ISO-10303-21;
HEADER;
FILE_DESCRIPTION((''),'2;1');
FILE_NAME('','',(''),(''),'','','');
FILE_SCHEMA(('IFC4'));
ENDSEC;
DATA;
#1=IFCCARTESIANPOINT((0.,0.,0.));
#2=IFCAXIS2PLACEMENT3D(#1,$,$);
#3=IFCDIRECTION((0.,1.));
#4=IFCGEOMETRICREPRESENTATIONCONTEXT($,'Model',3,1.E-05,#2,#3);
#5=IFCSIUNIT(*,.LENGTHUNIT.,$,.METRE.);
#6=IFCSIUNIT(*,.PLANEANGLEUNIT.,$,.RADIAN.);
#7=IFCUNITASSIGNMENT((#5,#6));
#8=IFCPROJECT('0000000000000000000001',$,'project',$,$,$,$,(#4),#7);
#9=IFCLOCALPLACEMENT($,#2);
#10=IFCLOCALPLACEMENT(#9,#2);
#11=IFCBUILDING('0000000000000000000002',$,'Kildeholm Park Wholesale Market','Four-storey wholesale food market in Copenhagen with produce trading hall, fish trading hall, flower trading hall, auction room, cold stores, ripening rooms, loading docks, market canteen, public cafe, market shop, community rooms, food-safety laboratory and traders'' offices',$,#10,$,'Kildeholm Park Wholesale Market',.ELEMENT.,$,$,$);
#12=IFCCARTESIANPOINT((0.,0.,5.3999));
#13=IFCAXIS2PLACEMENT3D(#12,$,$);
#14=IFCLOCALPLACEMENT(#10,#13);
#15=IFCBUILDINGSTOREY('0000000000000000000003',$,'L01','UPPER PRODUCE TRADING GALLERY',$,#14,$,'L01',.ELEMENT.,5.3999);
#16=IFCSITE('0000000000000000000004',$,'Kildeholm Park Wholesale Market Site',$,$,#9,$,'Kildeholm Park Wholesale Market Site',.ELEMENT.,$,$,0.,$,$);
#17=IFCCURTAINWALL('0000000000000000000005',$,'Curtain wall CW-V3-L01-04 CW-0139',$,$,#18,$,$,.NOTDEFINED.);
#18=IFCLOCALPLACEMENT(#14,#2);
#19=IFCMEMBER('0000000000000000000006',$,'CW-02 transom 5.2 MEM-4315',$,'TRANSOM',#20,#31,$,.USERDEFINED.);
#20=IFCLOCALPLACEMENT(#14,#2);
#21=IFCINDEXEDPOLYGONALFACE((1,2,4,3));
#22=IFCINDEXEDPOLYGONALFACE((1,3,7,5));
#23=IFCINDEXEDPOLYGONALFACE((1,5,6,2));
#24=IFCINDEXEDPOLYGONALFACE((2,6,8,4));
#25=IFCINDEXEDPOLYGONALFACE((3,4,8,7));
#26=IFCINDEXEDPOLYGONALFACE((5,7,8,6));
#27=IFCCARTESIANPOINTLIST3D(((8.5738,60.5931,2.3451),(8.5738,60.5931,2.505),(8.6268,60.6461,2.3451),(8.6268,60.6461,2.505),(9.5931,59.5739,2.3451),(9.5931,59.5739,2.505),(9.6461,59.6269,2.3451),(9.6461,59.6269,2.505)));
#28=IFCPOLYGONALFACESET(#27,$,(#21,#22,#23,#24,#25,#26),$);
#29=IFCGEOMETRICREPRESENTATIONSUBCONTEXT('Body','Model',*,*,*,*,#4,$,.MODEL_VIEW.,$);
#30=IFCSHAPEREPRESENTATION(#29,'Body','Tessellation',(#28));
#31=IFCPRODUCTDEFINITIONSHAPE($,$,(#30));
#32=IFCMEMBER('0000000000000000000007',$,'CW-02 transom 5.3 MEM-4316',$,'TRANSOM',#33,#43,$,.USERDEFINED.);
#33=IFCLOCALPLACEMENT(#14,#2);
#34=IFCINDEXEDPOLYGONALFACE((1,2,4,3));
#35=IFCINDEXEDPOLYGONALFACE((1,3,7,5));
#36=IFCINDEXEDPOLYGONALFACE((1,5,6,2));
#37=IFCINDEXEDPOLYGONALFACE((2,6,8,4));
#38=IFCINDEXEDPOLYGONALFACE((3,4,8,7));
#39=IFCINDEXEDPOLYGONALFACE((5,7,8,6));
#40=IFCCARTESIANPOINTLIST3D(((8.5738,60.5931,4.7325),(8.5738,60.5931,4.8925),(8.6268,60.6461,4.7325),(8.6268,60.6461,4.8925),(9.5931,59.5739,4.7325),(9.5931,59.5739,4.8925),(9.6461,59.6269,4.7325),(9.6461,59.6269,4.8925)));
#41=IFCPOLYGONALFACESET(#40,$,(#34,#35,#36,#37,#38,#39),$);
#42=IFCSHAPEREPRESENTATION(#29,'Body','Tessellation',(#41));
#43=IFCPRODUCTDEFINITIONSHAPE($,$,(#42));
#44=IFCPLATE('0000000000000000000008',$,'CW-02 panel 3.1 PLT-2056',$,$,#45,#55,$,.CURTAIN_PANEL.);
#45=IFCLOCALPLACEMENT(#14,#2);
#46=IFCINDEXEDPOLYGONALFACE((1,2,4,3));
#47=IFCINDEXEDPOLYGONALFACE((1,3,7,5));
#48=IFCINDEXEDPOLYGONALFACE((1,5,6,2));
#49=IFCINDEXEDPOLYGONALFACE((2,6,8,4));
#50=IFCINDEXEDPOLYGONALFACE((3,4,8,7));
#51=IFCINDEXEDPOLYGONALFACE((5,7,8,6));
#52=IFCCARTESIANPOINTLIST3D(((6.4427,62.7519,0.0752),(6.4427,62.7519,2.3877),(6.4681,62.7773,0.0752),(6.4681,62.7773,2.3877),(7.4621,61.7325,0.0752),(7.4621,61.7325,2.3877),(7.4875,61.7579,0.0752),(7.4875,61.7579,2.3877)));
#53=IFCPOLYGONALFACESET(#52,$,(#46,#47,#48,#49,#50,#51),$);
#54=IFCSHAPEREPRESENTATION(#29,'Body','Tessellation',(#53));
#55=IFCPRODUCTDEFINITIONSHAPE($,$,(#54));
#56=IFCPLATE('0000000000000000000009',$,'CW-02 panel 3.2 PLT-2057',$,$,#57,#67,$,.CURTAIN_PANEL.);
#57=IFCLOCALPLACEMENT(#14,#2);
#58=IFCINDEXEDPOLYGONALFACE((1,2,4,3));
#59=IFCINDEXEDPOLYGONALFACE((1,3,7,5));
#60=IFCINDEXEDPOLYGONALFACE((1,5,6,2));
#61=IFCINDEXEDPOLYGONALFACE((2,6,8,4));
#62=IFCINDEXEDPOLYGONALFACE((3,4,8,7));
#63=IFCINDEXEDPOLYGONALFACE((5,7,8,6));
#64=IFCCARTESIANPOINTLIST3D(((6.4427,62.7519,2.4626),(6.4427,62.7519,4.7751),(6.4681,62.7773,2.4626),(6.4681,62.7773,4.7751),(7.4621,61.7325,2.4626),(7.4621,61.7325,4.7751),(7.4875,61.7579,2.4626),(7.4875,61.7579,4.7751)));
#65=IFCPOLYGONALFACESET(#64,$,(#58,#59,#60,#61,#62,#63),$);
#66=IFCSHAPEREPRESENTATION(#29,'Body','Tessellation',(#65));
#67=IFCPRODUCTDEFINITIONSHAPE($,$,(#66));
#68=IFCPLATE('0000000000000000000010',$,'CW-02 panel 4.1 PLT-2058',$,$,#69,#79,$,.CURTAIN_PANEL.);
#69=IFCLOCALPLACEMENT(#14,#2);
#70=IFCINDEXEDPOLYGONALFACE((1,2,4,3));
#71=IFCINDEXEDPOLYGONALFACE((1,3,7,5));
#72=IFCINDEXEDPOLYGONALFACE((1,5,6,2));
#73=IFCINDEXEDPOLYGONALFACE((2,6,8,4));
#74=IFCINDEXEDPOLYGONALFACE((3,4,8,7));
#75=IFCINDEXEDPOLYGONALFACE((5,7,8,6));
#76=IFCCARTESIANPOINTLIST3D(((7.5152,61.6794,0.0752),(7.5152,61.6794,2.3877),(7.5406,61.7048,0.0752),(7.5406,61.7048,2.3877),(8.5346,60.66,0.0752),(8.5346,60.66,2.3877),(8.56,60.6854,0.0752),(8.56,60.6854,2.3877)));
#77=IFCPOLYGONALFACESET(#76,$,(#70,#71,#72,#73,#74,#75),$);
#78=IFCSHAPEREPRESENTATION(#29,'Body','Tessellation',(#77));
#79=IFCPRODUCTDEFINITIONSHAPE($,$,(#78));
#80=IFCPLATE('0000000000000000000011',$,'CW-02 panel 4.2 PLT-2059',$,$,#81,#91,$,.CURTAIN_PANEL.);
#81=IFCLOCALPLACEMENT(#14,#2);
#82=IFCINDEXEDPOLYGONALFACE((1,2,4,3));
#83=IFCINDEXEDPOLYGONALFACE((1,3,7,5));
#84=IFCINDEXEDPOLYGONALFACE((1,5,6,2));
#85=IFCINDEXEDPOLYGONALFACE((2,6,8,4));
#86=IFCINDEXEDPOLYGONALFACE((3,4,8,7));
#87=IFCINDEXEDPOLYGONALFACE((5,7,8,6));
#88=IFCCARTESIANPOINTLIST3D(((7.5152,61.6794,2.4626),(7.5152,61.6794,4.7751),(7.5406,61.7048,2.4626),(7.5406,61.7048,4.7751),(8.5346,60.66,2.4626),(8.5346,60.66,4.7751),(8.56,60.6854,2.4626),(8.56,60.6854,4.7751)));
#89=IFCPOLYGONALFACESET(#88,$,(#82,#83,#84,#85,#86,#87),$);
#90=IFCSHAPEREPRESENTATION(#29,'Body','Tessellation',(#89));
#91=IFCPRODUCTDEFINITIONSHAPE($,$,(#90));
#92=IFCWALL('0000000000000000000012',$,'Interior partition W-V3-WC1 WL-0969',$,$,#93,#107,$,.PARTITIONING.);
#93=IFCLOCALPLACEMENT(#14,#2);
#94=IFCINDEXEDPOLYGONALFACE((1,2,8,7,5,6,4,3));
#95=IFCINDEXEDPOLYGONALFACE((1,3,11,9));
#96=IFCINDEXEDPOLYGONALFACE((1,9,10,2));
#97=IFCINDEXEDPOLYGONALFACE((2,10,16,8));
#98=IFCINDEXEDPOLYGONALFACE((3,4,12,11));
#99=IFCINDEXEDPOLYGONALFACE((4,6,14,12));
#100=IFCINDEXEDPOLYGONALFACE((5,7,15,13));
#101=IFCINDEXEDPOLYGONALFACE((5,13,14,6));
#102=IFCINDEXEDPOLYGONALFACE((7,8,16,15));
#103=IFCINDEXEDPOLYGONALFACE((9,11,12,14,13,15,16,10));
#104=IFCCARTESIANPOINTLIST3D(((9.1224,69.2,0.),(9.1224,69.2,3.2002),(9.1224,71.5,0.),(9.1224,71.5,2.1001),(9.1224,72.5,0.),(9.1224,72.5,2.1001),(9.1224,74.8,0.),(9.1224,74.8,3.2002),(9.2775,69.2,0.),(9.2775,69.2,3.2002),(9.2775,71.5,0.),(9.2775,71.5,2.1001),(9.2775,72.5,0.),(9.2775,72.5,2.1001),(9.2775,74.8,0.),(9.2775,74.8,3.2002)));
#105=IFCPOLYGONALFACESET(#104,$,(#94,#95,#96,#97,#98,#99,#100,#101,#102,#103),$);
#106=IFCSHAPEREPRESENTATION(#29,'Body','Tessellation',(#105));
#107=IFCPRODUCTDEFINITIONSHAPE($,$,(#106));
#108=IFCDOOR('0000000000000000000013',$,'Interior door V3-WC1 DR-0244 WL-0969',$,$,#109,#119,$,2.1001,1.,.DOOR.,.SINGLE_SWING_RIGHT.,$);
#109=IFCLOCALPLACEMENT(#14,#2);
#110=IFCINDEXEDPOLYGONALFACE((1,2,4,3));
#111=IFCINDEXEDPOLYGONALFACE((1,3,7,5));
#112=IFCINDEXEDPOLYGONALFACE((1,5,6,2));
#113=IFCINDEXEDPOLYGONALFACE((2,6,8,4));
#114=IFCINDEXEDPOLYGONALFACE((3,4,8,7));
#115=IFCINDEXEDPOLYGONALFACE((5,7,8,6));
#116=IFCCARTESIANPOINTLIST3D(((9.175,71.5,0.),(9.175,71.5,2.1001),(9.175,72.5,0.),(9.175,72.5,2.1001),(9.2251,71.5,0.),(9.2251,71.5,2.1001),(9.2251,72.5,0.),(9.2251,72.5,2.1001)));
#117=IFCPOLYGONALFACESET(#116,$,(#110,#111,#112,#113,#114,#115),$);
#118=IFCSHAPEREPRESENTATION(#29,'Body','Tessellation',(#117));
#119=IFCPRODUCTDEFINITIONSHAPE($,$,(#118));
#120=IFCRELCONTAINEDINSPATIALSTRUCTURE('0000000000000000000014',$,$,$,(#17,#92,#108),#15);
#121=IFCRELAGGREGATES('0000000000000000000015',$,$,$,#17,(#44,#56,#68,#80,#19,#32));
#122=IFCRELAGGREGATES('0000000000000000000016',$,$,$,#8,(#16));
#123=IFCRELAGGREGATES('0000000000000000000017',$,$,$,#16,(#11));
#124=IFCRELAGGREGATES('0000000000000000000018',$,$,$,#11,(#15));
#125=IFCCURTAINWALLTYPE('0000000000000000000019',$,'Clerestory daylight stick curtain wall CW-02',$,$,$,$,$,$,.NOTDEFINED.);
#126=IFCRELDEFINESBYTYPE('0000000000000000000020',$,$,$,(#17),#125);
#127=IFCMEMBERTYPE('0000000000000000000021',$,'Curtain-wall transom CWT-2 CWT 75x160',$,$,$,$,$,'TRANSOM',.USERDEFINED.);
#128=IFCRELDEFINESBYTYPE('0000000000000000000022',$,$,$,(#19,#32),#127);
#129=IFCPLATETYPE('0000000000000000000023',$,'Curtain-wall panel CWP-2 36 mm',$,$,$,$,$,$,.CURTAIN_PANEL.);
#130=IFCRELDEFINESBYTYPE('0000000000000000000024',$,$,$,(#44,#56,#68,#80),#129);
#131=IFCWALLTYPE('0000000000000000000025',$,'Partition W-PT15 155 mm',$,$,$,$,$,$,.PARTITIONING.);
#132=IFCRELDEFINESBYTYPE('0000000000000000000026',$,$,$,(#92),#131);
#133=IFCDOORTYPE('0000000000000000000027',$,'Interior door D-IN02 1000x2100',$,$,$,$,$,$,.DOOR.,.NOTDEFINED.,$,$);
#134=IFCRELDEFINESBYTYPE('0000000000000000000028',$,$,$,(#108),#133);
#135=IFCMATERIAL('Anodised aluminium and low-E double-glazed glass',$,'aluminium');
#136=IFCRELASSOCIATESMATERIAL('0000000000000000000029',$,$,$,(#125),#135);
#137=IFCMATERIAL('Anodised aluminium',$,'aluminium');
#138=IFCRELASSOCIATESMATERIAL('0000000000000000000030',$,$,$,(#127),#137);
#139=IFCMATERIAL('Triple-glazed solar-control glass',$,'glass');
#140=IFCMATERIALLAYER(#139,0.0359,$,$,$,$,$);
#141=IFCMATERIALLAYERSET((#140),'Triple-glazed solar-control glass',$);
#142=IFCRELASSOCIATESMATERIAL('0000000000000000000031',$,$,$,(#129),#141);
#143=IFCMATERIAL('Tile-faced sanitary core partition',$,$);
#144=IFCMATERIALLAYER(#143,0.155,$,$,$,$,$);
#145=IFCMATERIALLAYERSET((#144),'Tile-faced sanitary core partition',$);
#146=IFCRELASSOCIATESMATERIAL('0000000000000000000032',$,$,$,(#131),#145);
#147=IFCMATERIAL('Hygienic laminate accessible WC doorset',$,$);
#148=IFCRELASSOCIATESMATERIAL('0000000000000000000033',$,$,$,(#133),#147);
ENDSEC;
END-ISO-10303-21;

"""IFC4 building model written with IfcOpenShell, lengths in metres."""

from ifc_helpers import new_model, si_unit, direction, frame, frame_2d, origin, origin_2d, place, context, subcontext, project, spatial, rectangle, extrude, material, layer, layer_set, material_profile, profile_set, type_object, element, fill, aggregate, save


model = new_model("IFC4")

# Units and contexts
model_context = context("Model", 3, precision=1e-05, world=origin(), true_north=direction((0.0, 1.0)))
body_context = subcontext(model_context, "Body", "Model", "MODEL_VIEW")
ifc_project = project(units=[si_unit("LENGTHUNIT", "METRE"), si_unit("PLANEANGLEUNIT", "RADIAN")], contexts=[model_context])

# Site, building, storey
site_placement = place(None, origin())
site = spatial("IfcSite", under=ifc_project, at=site_placement, Name="Kildeholm Park Wholesale Market Site", LongName="Kildeholm Park Wholesale Market Site", CompositionType="ELEMENT", RefElevation=0.0)
building_placement = place(site_placement, origin())
building = spatial("IfcBuilding", under=site, at=building_placement, Name="Kildeholm Park Wholesale Market", Description="Four-storey wholesale food market in Copenhagen with produce trading hall, fish trading hall, flower trading hall, auction room, cold stores, ripening rooms, loading docks, market canteen, public cafe, market shop, community rooms, food-safety laboratory and traders' offices", LongName="Kildeholm Park Wholesale Market", CompositionType="ELEMENT")
storey_placement = place(building_placement, frame((0.0, 0.0, 5.3999)))
storey = spatial("IfcBuildingStorey", under=building, at=storey_placement, Name="L01", Description="UPPER PRODUCE TRADING GALLERY", LongName="L01", CompositionType="ELEMENT", Elevation=5.3999)

# Curtain wall, members, plates
ifc_material_1 = material(Name="Anodised aluminium and low-E double-glazed glass", Category="aluminium")
curtain_wall_type = type_object("IfcCurtainWallType", Name="Clerestory daylight stick curtain wall CW-02", PredefinedType="NOTDEFINED", material=ifc_material_1)
curtain_wall_placement = place(storey_placement, origin())
curtain_wall = element("IfcCurtainWall", 1, at=curtain_wall_placement, inside=storey, type_object=curtain_wall_type, Name="Curtain wall CW-V3-L01-04 CW-0139", PredefinedType="NOTDEFINED")
ifc_material_2 = material(Name="Anodised aluminium", Category="aluminium")
ifc_material_profile_1 = material_profile(ifc_material_2, rectangle(XDim=0.075, YDim=0.1599, at=origin_2d()), Name="CWT 75x160")
ifc_profile_set_1 = profile_set([ifc_material_profile_1], Name="Anodised aluminium")
member_type_1 = type_object("IfcMemberType", Name="Curtain-wall transom CWT-2 CWT 75x160", ElementType="TRANSOM", PredefinedType="USERDEFINED", material=ifc_profile_set_1)
member_1_placement = place(storey_placement, frame((8.6003, 60.6196, 2.425), z_axis=(0.707107, -0.707107, 0.0), x_axis=(0.707107, 0.707107, 0.0)))
member_1 = element("IfcMember", 2, at=member_1_placement, type_object=member_type_1, Name="CW-02 transom 5.2 MEM-4315", ObjectType="TRANSOM", PredefinedType="USERDEFINED", context=body_context, shape_type="SweptSolid", body=[
    extrude(rectangle(XDim=0.075, YDim=0.1599, at=origin_2d()), origin(), (0.0, 0.0, 1.0), 1.4414),
])
member_2_placement = place(storey_placement, frame((8.6003, 60.6196, 4.8125), z_axis=(0.707107, -0.707107, 0.0), x_axis=(0.707107, 0.707107, 0.0)))
member_2 = element("IfcMember", 3, at=member_2_placement, type_object=member_type_1, Name="CW-02 transom 5.3 MEM-4316", ObjectType="TRANSOM", PredefinedType="USERDEFINED", context=body_context, shape_type="SweptSolid", body=[
    extrude(rectangle(XDim=0.075, YDim=0.1599, at=origin_2d()), origin(), (0.0, 0.0, 1.0), 1.4414),
])
ifc_material_3 = material(Name="Triple-glazed solar-control glass", Category="glass")
ifc_layer_1 = layer(ifc_material_3, 0.0359)
ifc_layer_set_1 = layer_set([ifc_layer_1], Name="Triple-glazed solar-control glass")
plate_type = type_object("IfcPlateType", Name="Curtain-wall panel CWP-2 36 mm", PredefinedType="CURTAIN_PANEL", material=ifc_layer_set_1)
plate_1_placement = place(storey_placement, frame((6.9651, 62.2549, 0.0752), z_axis=(0.0, 0.0, 1.0), x_axis=(0.707107, -0.707107, 0.0)))
plate_1 = element("IfcPlate", 4, at=plate_1_placement, type_object=plate_type, Name="CW-02 panel 3.1 PLT-2056", PredefinedType="CURTAIN_PANEL", context=body_context, shape_type="SweptSolid", body=[
    extrude(rectangle(XDim=1.4417, YDim=0.0359, at=origin_2d()), origin(), (0.0, 0.0, 1.0), 2.3125),
])
plate_2_placement = place(storey_placement, frame((6.9651, 62.2549, 2.4626), z_axis=(0.0, 0.0, 1.0), x_axis=(0.707107, -0.707107, 0.0)))
plate_2 = element("IfcPlate", 5, at=plate_2_placement, type_object=plate_type, Name="CW-02 panel 3.2 PLT-2057", PredefinedType="CURTAIN_PANEL", context=body_context, shape_type="SweptSolid", body=[
    extrude(rectangle(XDim=1.4417, YDim=0.0359, at=origin_2d()), origin(), (0.0, 0.0, 1.0), 2.3125),
])
plate_3_placement = place(storey_placement, frame((8.0376, 61.1824, 0.0752), z_axis=(0.0, 0.0, 1.0), x_axis=(0.707107, -0.707107, 0.0)))
plate_3 = element("IfcPlate", 6, at=plate_3_placement, type_object=plate_type, Name="CW-02 panel 4.1 PLT-2058", PredefinedType="CURTAIN_PANEL", context=body_context, shape_type="SweptSolid", body=[
    extrude(rectangle(XDim=1.4417, YDim=0.0359, at=origin_2d()), origin(), (0.0, 0.0, 1.0), 2.3125),
])
plate_4_placement = place(storey_placement, frame((8.0376, 61.1824, 2.4626), z_axis=(0.0, 0.0, 1.0), x_axis=(0.707107, -0.707107, 0.0)))
plate_4 = element("IfcPlate", 7, at=plate_4_placement, type_object=plate_type, Name="CW-02 panel 4.2 PLT-2059", PredefinedType="CURTAIN_PANEL", context=body_context, shape_type="SweptSolid", body=[
    extrude(rectangle(XDim=1.4417, YDim=0.0359, at=origin_2d()), origin(), (0.0, 0.0, 1.0), 2.3125),
])
aggregate(curtain_wall, [plate_1, plate_2, plate_3, plate_4, member_1, member_2])

# Wall, opening, door
ifc_material_4 = material(Name="Tile-faced sanitary core partition")
ifc_layer_2 = layer(ifc_material_4, 0.155)
ifc_layer_set_2 = layer_set([ifc_layer_2], Name="Tile-faced sanitary core partition")
wall_type = type_object("IfcWallType", Name="Partition W-PT15 155 mm", PredefinedType="PARTITIONING", material=ifc_layer_set_2)
wall_placement = place(storey_placement, frame((9.2, 69.2, 0.0), z_axis=(0.0, 0.0, 1.0), x_axis=(0.0, 1.0, 0.0)))
wall = element("IfcWall", 8, at=wall_placement, inside=storey, type_object=wall_type, Name="Interior partition W-V3-WC1 WL-0969", PredefinedType="PARTITIONING", context=body_context, shape_type="SweptSolid", body=[
    extrude(rectangle(XDim=5.6001, YDim=0.155, at=frame_2d((2.8, 0.0))), origin(), (0.0, 0.0, 1.0), 3.2002),
])
opening_placement = place(wall_placement, frame((2.3, 0.0, 0.0)))
opening = element("IfcOpeningElement", 9, at=opening_placement, cuts=wall, PredefinedType="OPENING", context=body_context, shape_type="SweptSolid", body=[
    extrude(rectangle(XDim=1.0, YDim=2.1001, at=frame_2d((0.5, 1.05))), frame((0.0, 0.0874, 0.0), z_axis=(0.0, -1.0, 0.0), x_axis=(1.0, 0.0, 0.0)), (0.0, 0.0, 1.0), 0.175),
])
ifc_material_5 = material(Name="Hygienic laminate accessible WC doorset")
door_type = type_object("IfcDoorType", Name="Interior door D-IN02 1000x2100", OperationType="NOTDEFINED", PredefinedType="DOOR", material=ifc_material_5)
door_placement = place(opening_placement, origin())
door = element("IfcDoor", 10, at=door_placement, inside=storey, type_object=door_type, Name="Interior door V3-WC1 DR-0244 WL-0969", OperationType="SINGLE_SWING_RIGHT", OverallHeight=2.1001, OverallWidth=1.0, PredefinedType="DOOR", context=body_context, shape_type="SweptSolid", body=[
    extrude(rectangle(XDim=1.0, YDim=2.1001, at=frame_2d((0.5, 1.05))), frame((0.0, 0.0249, 0.0), z_axis=(0.0, -1.0, 0.0), x_axis=(1.0, 0.0, 0.0)), (0.0, 0.0, 1.0), 0.05),
])
fill(opening, door)

save(model, "model.ifc")
